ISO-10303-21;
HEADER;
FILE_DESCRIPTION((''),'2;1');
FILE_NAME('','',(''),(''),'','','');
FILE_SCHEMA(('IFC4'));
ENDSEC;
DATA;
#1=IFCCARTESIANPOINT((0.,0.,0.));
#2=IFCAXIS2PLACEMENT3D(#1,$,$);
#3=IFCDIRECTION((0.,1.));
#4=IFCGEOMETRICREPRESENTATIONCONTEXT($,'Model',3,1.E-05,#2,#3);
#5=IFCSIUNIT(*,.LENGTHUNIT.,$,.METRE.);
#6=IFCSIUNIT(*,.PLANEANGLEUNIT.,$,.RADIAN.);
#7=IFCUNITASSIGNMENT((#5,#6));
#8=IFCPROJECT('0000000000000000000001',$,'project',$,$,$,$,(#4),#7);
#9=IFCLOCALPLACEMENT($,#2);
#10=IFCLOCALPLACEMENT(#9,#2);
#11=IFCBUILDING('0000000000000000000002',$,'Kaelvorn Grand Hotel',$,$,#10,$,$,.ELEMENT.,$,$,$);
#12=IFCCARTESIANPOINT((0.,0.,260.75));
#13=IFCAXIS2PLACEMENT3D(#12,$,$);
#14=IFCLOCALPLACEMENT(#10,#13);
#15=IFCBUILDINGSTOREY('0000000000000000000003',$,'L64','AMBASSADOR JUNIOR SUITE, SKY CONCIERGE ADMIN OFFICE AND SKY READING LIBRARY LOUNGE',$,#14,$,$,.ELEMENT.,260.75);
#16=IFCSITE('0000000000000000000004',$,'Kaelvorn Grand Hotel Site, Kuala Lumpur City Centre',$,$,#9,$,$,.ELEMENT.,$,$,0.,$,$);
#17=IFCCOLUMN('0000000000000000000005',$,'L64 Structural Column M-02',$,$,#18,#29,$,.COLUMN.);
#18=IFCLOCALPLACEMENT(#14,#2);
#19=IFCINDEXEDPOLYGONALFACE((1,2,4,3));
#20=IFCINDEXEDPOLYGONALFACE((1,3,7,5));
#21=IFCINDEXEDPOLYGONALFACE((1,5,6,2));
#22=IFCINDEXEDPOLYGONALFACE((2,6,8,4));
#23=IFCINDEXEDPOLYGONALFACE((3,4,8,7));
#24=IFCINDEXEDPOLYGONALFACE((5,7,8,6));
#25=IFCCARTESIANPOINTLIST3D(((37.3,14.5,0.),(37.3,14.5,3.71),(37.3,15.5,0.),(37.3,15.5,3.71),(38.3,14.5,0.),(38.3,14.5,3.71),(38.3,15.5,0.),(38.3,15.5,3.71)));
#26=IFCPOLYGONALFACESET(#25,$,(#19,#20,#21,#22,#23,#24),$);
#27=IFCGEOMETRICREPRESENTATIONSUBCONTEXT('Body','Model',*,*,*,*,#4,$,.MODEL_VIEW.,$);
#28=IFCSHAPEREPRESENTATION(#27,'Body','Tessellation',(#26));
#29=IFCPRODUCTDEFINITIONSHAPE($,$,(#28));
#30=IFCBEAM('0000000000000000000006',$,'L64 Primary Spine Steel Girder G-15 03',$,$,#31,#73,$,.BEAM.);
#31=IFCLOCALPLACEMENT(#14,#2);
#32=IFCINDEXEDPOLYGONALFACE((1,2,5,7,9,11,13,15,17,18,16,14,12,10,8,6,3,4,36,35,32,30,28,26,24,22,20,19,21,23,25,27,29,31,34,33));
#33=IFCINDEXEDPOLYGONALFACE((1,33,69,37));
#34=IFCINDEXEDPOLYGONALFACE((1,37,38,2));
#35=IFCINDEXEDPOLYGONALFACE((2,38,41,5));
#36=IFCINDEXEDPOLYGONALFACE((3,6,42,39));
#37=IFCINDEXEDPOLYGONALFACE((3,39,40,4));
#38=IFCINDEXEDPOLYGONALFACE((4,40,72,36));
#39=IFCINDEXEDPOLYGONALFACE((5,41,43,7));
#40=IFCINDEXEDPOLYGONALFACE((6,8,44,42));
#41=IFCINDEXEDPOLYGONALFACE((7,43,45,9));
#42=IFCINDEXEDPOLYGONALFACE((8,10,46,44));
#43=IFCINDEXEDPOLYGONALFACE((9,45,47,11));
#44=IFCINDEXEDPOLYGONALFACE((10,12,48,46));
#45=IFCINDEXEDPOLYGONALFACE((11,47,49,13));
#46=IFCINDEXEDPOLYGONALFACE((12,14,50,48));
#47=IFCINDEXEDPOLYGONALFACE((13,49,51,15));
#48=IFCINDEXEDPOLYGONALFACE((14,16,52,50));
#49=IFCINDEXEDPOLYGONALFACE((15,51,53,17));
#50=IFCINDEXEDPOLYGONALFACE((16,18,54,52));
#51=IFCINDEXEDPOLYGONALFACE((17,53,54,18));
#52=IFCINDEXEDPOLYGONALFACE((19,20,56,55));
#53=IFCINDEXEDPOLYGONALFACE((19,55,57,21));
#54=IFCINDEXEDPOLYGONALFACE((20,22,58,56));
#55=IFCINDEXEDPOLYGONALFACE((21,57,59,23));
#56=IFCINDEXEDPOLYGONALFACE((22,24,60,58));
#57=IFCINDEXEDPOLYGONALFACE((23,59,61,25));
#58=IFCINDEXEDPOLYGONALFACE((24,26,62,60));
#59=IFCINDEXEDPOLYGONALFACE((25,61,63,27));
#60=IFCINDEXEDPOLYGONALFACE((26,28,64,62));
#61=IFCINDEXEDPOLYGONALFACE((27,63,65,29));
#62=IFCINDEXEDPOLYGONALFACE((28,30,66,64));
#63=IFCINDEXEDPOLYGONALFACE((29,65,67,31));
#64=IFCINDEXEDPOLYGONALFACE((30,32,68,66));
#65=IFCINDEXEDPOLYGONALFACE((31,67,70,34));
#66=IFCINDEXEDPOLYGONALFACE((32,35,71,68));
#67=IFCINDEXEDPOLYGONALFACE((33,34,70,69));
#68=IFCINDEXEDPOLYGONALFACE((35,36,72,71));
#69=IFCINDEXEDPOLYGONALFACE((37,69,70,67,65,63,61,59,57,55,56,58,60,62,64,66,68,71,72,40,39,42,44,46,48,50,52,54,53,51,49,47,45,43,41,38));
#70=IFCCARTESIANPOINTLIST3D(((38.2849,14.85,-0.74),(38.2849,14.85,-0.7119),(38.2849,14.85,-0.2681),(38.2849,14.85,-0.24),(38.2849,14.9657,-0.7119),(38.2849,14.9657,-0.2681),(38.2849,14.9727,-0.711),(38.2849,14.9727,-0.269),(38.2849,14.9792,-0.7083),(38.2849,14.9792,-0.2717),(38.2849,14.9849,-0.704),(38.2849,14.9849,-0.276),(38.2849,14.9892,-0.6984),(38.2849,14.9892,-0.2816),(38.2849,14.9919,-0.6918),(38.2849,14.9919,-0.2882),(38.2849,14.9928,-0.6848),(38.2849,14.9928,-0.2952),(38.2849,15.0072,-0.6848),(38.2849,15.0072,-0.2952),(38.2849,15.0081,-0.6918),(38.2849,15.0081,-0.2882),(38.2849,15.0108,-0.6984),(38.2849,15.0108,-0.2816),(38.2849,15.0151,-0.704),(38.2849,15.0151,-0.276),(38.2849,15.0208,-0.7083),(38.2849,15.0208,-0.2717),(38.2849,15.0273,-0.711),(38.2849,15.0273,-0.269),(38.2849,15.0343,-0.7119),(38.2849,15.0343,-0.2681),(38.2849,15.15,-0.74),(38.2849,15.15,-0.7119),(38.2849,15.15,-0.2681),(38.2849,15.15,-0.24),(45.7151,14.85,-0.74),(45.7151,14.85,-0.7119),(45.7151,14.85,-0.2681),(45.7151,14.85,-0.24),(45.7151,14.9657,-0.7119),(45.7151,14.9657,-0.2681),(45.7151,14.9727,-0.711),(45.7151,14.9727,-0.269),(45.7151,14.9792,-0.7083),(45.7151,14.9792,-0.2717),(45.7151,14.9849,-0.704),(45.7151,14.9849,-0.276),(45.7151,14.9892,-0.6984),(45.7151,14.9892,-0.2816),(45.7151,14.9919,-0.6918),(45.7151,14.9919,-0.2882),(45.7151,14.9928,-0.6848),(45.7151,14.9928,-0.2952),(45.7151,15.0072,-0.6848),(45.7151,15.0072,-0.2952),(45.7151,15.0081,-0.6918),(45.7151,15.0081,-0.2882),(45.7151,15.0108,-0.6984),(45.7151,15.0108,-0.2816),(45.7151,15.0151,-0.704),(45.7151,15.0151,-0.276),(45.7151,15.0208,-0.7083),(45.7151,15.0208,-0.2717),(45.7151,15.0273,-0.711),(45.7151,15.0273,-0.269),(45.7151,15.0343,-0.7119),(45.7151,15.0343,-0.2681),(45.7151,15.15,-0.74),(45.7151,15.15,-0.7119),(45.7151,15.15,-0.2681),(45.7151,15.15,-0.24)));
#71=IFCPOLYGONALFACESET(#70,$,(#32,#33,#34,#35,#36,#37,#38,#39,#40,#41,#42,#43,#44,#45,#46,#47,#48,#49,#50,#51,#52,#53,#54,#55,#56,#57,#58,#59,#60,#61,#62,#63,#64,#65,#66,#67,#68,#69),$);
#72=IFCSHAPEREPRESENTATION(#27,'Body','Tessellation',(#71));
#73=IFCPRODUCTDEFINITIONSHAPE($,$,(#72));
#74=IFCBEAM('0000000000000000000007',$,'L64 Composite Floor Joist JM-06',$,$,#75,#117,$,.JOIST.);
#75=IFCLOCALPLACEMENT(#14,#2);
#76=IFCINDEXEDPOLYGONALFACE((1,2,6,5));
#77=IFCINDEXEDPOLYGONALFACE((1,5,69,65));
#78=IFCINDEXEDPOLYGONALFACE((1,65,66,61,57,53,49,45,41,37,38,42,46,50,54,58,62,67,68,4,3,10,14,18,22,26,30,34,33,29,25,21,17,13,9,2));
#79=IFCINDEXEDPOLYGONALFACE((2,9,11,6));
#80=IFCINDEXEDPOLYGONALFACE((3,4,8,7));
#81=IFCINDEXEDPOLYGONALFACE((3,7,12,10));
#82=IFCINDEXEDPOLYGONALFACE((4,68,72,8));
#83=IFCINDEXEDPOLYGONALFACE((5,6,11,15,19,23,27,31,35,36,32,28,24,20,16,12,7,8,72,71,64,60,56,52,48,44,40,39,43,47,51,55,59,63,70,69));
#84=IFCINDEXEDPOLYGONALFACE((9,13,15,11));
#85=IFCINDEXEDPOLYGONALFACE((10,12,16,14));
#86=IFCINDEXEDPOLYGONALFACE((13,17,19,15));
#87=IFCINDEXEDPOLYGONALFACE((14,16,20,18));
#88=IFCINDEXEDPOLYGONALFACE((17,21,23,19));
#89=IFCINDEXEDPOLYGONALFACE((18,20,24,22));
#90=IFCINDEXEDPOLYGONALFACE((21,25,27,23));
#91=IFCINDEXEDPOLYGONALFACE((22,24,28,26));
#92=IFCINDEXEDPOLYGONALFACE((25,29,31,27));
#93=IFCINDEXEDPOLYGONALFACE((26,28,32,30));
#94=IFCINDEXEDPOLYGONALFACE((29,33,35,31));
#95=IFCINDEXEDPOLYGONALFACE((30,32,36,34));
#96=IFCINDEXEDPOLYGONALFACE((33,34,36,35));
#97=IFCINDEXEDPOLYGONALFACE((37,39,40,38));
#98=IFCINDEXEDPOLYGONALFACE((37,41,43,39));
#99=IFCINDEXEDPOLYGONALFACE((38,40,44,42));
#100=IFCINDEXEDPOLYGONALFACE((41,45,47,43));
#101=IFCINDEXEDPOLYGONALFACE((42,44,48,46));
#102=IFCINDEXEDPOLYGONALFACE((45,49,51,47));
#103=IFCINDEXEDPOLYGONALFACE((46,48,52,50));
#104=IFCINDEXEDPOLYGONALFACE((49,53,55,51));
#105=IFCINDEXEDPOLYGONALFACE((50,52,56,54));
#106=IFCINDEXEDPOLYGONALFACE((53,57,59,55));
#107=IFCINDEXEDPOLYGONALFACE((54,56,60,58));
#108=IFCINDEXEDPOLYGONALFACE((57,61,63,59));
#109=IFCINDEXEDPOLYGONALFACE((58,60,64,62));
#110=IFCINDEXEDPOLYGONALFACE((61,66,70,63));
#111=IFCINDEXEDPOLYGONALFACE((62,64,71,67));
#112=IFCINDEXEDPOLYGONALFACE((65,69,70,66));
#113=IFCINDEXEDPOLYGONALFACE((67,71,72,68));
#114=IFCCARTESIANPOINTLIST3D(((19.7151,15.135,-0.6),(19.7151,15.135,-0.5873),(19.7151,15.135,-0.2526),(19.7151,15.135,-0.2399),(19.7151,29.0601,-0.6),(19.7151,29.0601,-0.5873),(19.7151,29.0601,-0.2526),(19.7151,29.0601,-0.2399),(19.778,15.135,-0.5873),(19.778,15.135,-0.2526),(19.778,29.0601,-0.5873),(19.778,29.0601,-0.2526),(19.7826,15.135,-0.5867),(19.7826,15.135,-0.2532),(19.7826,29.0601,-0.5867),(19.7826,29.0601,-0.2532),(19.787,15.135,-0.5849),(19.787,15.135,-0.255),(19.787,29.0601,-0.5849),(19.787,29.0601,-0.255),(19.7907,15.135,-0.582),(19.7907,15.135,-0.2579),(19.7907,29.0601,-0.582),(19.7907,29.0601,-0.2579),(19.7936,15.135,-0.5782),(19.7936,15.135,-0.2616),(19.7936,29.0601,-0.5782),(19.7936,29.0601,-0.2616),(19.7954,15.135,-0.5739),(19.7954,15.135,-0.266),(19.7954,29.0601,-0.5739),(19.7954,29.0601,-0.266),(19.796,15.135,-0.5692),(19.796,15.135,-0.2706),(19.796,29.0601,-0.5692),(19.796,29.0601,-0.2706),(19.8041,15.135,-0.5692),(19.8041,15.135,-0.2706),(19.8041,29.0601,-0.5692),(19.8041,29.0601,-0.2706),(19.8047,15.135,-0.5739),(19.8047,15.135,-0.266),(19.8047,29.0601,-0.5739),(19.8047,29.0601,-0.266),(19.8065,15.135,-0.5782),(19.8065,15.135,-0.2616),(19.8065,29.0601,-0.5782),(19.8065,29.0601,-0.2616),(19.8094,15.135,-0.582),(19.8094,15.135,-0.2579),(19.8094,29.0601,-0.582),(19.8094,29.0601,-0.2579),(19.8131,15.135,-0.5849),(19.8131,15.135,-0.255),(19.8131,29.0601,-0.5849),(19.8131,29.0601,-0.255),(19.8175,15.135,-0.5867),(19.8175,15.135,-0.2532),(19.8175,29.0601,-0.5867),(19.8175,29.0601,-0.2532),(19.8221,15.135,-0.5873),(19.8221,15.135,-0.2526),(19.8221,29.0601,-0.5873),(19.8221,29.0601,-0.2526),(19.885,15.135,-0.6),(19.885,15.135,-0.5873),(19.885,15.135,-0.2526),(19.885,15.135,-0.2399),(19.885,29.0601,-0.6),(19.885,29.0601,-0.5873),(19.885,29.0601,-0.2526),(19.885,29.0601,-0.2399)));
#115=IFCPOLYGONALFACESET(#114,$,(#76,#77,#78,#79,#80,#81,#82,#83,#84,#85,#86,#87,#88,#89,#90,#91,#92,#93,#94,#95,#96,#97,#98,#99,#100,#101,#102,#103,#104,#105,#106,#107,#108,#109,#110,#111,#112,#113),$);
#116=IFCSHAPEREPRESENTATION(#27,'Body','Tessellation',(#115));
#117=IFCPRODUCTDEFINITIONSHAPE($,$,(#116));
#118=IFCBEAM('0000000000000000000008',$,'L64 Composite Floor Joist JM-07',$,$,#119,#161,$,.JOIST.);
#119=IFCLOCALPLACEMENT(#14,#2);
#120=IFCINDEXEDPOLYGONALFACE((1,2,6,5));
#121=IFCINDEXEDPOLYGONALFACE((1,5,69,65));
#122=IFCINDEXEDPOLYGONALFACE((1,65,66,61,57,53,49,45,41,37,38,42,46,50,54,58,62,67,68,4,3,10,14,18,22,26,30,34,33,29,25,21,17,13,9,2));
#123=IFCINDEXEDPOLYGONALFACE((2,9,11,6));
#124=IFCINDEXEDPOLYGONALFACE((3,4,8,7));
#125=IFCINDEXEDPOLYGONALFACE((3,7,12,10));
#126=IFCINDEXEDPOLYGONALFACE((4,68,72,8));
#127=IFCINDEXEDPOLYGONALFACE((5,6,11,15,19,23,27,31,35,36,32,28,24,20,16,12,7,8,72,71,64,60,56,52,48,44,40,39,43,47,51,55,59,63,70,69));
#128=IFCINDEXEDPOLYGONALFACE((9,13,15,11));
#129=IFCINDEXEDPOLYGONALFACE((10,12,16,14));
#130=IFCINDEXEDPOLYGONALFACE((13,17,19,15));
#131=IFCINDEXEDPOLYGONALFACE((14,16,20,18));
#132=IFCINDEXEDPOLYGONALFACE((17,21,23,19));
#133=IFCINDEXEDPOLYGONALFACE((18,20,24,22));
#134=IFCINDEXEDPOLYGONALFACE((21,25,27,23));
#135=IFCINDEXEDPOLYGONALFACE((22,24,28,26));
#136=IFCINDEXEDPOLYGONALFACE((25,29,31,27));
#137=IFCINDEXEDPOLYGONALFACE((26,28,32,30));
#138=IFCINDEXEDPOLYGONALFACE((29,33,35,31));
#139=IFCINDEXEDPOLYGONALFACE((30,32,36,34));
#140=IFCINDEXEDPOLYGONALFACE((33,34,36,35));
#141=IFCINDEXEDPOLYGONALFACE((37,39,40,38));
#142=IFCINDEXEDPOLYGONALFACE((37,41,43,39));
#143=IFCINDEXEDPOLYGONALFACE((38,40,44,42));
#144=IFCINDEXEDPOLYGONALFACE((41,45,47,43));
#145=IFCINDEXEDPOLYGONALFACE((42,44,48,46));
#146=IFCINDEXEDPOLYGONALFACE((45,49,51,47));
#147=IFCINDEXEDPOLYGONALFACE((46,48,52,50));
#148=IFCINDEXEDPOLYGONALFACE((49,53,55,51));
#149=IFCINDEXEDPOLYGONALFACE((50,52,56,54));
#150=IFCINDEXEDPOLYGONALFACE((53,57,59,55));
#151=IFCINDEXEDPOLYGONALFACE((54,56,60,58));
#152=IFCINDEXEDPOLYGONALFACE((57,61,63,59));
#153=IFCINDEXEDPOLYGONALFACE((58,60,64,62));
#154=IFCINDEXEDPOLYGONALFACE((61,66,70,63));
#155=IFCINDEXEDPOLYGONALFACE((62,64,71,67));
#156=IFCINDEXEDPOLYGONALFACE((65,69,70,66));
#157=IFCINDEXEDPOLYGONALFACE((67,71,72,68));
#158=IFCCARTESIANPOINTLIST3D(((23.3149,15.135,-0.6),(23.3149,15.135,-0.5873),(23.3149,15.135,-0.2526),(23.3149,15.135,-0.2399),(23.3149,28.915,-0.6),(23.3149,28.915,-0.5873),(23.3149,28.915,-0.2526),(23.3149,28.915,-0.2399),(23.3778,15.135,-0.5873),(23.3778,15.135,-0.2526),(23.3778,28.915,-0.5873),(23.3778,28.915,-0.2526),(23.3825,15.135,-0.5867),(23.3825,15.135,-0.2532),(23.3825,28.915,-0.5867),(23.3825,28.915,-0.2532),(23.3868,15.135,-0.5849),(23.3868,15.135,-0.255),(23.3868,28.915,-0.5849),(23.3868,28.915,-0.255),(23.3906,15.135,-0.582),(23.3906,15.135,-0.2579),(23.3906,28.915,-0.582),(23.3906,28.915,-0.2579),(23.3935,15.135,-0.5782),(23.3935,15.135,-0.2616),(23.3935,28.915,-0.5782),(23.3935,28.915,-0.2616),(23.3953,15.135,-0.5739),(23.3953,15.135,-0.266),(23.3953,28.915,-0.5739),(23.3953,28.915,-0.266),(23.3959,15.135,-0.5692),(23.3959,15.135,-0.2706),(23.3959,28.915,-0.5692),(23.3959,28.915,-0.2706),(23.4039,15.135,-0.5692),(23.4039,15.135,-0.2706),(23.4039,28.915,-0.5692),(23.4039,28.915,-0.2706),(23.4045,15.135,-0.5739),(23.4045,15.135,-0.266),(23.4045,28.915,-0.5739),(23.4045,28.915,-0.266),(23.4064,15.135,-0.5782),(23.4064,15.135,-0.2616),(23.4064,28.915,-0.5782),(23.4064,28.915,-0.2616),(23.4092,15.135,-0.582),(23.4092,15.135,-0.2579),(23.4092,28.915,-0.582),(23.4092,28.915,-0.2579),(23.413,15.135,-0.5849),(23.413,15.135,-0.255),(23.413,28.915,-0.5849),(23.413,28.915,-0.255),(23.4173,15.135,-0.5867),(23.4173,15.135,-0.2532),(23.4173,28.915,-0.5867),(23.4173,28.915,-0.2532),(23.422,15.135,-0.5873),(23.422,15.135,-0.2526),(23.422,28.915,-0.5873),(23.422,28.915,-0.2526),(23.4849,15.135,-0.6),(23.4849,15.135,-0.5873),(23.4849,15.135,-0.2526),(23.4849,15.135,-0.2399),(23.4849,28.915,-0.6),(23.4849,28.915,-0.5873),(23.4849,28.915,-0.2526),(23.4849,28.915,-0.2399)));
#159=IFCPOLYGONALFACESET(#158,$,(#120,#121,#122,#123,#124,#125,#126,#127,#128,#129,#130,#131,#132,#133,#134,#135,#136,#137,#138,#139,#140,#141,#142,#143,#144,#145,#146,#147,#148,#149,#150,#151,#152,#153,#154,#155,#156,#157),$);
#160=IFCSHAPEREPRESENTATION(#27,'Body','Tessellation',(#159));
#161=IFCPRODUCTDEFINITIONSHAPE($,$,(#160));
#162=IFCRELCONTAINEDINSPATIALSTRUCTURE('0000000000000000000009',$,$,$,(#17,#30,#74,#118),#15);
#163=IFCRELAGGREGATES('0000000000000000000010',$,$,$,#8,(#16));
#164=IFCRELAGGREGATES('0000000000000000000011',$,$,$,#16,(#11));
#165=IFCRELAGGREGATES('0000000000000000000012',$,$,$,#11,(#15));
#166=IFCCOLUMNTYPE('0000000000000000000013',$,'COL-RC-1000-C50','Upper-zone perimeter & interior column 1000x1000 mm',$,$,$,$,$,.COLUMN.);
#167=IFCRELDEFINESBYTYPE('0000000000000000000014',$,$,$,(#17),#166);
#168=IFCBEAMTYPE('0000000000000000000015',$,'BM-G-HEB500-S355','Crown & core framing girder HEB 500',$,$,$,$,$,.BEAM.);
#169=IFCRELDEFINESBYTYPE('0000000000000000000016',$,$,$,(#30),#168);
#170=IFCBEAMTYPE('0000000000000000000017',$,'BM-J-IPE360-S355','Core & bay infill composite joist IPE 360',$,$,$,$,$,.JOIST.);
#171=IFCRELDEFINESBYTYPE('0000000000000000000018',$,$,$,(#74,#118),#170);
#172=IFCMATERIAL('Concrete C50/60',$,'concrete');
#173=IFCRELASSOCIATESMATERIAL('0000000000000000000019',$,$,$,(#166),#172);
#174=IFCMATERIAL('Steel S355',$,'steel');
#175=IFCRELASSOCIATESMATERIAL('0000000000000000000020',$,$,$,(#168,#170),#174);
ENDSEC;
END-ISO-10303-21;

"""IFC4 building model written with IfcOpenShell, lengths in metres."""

from ifc_helpers import new_model, si_unit, direction, frame, origin, origin_2d, place, context, subcontext, project, spatial, rectangle, i_section, extrude, material, material_profile, profile_set, type_object, element, save


model = new_model("IFC4")

# Units and contexts
model_context = context("Model", 3, precision=1e-05, world=origin(), true_north=direction((0.0, 1.0)))
body_context = subcontext(model_context, "Body", "Model", "MODEL_VIEW")
ifc_project = project(units=[si_unit("LENGTHUNIT", "METRE"), si_unit("PLANEANGLEUNIT", "RADIAN")], contexts=[model_context])

# Site, building, storey
site_placement = place(None, origin())
site = spatial("IfcSite", under=ifc_project, at=site_placement, Name="Kaelvorn Grand Hotel Site, Kuala Lumpur City Centre", CompositionType="ELEMENT", RefElevation=0.0)
building_placement = place(site_placement, origin())
building = spatial("IfcBuilding", under=site, at=building_placement, Name="Kaelvorn Grand Hotel", CompositionType="ELEMENT")
storey_placement = place(building_placement, frame((0.0, 0.0, 260.75)))
storey = spatial("IfcBuildingStorey", under=building, at=storey_placement, Name="L64", Description="AMBASSADOR JUNIOR SUITE, SKY CONCIERGE ADMIN OFFICE AND SKY READING LIBRARY LOUNGE", CompositionType="ELEMENT", Elevation=260.75)

# Column
ifc_material_1 = material(Name="Concrete C50/60", Category="concrete")
ifc_material_profile_1 = material_profile(ifc_material_1, rectangle(XDim=1.0, YDim=1.0, at=origin_2d()), Name="RC COL 1000x1000")
ifc_profile_set_1 = profile_set([ifc_material_profile_1], Name="Concrete C50/60")
column_type = type_object("IfcColumnType", Name="COL-RC-1000-C50", Description="Upper-zone perimeter & interior column 1000x1000 mm", PredefinedType="COLUMN", material=ifc_profile_set_1)
column_placement = place(storey_placement, frame((37.8, 15.0, 0.0), z_axis=(0.0, 0.0, 1.0), x_axis=(1.0, 0.0, 0.0)))
element("IfcColumn", 1, at=column_placement, inside=storey, type_object=column_type, Name="L64 Structural Column M-02", PredefinedType="COLUMN", context=body_context, shape_type="SweptSolid", body=[
    extrude(rectangle(XDim=1.0, YDim=1.0, at=origin_2d()), origin(), (0.0, 0.0, 1.0), 3.71),
])

# Beams
ifc_material_2 = material(Name="Steel S355", Category="steel")
ifc_material_profile_2 = material_profile(ifc_material_2, i_section(OverallWidth=0.3, OverallDepth=0.5, WebThickness=0.0144, FlangeThickness=0.0281, FilletRadius=0.0271, at=origin_2d()), Name="HEB 500")
ifc_profile_set_2 = profile_set([ifc_material_profile_2], Name="Steel S355")
beam_type_1 = type_object("IfcBeamType", Name="BM-G-HEB500-S355", Description="Crown & core framing girder HEB 500", PredefinedType="BEAM", material=ifc_profile_set_2)
beam_1_placement = place(storey_placement, frame((38.2849, 15.0, -0.49), z_axis=(1.0, 0.0, 0.0), x_axis=(0.0, 1.0, 0.0)))
element("IfcBeam", 2, at=beam_1_placement, inside=storey, type_object=beam_type_1, Name="L64 Primary Spine Steel Girder G-15 03", PredefinedType="BEAM", context=body_context, shape_type="SweptSolid", body=[
    extrude(i_section(OverallWidth=0.3, OverallDepth=0.5, WebThickness=0.0144, FlangeThickness=0.0281, FilletRadius=0.0271, at=origin_2d()), origin(), (0.0, 0.0, 1.0), 7.4302),
])
ifc_material_profile_3 = material_profile(ifc_material_2, i_section(OverallWidth=0.1699, OverallDepth=0.3601, WebThickness=0.0081, FlangeThickness=0.0127, FilletRadius=0.0181, at=origin_2d()), Name="IPE 360")
ifc_profile_set_3 = profile_set([ifc_material_profile_3], Name="Steel S355")
beam_type_2 = type_object("IfcBeamType", Name="BM-J-IPE360-S355", Description="Core & bay infill composite joist IPE 360", PredefinedType="JOIST", material=ifc_profile_set_3)
beam_2_placement = place(storey_placement, frame((19.8, 15.135, -0.4199), z_axis=(0.0, 1.0, 0.0), x_axis=(-1.0, 0.0, 0.0)))
element("IfcBeam", 3, at=beam_2_placement, inside=storey, type_object=beam_type_2, Name="L64 Composite Floor Joist JM-06", PredefinedType="JOIST", context=body_context, shape_type="SweptSolid", body=[
    extrude(i_section(OverallWidth=0.1699, OverallDepth=0.3601, WebThickness=0.0081, FlangeThickness=0.0127, FilletRadius=0.0181, at=origin_2d()), origin(), (0.0, 0.0, 1.0), 13.925),
])
beam_3_placement = place(storey_placement, frame((23.3999, 15.135, -0.4199), z_axis=(0.0, 1.0, 0.0), x_axis=(-1.0, 0.0, 0.0)))
element("IfcBeam", 4, at=beam_3_placement, inside=storey, type_object=beam_type_2, Name="L64 Composite Floor Joist JM-07", PredefinedType="JOIST", context=body_context, shape_type="SweptSolid", body=[
    extrude(i_section(OverallWidth=0.1699, OverallDepth=0.3601, WebThickness=0.0081, FlangeThickness=0.0127, FilletRadius=0.0181, at=origin_2d()), origin(), (0.0, 0.0, 1.0), 13.78),
])

save(model, "model.ifc")
